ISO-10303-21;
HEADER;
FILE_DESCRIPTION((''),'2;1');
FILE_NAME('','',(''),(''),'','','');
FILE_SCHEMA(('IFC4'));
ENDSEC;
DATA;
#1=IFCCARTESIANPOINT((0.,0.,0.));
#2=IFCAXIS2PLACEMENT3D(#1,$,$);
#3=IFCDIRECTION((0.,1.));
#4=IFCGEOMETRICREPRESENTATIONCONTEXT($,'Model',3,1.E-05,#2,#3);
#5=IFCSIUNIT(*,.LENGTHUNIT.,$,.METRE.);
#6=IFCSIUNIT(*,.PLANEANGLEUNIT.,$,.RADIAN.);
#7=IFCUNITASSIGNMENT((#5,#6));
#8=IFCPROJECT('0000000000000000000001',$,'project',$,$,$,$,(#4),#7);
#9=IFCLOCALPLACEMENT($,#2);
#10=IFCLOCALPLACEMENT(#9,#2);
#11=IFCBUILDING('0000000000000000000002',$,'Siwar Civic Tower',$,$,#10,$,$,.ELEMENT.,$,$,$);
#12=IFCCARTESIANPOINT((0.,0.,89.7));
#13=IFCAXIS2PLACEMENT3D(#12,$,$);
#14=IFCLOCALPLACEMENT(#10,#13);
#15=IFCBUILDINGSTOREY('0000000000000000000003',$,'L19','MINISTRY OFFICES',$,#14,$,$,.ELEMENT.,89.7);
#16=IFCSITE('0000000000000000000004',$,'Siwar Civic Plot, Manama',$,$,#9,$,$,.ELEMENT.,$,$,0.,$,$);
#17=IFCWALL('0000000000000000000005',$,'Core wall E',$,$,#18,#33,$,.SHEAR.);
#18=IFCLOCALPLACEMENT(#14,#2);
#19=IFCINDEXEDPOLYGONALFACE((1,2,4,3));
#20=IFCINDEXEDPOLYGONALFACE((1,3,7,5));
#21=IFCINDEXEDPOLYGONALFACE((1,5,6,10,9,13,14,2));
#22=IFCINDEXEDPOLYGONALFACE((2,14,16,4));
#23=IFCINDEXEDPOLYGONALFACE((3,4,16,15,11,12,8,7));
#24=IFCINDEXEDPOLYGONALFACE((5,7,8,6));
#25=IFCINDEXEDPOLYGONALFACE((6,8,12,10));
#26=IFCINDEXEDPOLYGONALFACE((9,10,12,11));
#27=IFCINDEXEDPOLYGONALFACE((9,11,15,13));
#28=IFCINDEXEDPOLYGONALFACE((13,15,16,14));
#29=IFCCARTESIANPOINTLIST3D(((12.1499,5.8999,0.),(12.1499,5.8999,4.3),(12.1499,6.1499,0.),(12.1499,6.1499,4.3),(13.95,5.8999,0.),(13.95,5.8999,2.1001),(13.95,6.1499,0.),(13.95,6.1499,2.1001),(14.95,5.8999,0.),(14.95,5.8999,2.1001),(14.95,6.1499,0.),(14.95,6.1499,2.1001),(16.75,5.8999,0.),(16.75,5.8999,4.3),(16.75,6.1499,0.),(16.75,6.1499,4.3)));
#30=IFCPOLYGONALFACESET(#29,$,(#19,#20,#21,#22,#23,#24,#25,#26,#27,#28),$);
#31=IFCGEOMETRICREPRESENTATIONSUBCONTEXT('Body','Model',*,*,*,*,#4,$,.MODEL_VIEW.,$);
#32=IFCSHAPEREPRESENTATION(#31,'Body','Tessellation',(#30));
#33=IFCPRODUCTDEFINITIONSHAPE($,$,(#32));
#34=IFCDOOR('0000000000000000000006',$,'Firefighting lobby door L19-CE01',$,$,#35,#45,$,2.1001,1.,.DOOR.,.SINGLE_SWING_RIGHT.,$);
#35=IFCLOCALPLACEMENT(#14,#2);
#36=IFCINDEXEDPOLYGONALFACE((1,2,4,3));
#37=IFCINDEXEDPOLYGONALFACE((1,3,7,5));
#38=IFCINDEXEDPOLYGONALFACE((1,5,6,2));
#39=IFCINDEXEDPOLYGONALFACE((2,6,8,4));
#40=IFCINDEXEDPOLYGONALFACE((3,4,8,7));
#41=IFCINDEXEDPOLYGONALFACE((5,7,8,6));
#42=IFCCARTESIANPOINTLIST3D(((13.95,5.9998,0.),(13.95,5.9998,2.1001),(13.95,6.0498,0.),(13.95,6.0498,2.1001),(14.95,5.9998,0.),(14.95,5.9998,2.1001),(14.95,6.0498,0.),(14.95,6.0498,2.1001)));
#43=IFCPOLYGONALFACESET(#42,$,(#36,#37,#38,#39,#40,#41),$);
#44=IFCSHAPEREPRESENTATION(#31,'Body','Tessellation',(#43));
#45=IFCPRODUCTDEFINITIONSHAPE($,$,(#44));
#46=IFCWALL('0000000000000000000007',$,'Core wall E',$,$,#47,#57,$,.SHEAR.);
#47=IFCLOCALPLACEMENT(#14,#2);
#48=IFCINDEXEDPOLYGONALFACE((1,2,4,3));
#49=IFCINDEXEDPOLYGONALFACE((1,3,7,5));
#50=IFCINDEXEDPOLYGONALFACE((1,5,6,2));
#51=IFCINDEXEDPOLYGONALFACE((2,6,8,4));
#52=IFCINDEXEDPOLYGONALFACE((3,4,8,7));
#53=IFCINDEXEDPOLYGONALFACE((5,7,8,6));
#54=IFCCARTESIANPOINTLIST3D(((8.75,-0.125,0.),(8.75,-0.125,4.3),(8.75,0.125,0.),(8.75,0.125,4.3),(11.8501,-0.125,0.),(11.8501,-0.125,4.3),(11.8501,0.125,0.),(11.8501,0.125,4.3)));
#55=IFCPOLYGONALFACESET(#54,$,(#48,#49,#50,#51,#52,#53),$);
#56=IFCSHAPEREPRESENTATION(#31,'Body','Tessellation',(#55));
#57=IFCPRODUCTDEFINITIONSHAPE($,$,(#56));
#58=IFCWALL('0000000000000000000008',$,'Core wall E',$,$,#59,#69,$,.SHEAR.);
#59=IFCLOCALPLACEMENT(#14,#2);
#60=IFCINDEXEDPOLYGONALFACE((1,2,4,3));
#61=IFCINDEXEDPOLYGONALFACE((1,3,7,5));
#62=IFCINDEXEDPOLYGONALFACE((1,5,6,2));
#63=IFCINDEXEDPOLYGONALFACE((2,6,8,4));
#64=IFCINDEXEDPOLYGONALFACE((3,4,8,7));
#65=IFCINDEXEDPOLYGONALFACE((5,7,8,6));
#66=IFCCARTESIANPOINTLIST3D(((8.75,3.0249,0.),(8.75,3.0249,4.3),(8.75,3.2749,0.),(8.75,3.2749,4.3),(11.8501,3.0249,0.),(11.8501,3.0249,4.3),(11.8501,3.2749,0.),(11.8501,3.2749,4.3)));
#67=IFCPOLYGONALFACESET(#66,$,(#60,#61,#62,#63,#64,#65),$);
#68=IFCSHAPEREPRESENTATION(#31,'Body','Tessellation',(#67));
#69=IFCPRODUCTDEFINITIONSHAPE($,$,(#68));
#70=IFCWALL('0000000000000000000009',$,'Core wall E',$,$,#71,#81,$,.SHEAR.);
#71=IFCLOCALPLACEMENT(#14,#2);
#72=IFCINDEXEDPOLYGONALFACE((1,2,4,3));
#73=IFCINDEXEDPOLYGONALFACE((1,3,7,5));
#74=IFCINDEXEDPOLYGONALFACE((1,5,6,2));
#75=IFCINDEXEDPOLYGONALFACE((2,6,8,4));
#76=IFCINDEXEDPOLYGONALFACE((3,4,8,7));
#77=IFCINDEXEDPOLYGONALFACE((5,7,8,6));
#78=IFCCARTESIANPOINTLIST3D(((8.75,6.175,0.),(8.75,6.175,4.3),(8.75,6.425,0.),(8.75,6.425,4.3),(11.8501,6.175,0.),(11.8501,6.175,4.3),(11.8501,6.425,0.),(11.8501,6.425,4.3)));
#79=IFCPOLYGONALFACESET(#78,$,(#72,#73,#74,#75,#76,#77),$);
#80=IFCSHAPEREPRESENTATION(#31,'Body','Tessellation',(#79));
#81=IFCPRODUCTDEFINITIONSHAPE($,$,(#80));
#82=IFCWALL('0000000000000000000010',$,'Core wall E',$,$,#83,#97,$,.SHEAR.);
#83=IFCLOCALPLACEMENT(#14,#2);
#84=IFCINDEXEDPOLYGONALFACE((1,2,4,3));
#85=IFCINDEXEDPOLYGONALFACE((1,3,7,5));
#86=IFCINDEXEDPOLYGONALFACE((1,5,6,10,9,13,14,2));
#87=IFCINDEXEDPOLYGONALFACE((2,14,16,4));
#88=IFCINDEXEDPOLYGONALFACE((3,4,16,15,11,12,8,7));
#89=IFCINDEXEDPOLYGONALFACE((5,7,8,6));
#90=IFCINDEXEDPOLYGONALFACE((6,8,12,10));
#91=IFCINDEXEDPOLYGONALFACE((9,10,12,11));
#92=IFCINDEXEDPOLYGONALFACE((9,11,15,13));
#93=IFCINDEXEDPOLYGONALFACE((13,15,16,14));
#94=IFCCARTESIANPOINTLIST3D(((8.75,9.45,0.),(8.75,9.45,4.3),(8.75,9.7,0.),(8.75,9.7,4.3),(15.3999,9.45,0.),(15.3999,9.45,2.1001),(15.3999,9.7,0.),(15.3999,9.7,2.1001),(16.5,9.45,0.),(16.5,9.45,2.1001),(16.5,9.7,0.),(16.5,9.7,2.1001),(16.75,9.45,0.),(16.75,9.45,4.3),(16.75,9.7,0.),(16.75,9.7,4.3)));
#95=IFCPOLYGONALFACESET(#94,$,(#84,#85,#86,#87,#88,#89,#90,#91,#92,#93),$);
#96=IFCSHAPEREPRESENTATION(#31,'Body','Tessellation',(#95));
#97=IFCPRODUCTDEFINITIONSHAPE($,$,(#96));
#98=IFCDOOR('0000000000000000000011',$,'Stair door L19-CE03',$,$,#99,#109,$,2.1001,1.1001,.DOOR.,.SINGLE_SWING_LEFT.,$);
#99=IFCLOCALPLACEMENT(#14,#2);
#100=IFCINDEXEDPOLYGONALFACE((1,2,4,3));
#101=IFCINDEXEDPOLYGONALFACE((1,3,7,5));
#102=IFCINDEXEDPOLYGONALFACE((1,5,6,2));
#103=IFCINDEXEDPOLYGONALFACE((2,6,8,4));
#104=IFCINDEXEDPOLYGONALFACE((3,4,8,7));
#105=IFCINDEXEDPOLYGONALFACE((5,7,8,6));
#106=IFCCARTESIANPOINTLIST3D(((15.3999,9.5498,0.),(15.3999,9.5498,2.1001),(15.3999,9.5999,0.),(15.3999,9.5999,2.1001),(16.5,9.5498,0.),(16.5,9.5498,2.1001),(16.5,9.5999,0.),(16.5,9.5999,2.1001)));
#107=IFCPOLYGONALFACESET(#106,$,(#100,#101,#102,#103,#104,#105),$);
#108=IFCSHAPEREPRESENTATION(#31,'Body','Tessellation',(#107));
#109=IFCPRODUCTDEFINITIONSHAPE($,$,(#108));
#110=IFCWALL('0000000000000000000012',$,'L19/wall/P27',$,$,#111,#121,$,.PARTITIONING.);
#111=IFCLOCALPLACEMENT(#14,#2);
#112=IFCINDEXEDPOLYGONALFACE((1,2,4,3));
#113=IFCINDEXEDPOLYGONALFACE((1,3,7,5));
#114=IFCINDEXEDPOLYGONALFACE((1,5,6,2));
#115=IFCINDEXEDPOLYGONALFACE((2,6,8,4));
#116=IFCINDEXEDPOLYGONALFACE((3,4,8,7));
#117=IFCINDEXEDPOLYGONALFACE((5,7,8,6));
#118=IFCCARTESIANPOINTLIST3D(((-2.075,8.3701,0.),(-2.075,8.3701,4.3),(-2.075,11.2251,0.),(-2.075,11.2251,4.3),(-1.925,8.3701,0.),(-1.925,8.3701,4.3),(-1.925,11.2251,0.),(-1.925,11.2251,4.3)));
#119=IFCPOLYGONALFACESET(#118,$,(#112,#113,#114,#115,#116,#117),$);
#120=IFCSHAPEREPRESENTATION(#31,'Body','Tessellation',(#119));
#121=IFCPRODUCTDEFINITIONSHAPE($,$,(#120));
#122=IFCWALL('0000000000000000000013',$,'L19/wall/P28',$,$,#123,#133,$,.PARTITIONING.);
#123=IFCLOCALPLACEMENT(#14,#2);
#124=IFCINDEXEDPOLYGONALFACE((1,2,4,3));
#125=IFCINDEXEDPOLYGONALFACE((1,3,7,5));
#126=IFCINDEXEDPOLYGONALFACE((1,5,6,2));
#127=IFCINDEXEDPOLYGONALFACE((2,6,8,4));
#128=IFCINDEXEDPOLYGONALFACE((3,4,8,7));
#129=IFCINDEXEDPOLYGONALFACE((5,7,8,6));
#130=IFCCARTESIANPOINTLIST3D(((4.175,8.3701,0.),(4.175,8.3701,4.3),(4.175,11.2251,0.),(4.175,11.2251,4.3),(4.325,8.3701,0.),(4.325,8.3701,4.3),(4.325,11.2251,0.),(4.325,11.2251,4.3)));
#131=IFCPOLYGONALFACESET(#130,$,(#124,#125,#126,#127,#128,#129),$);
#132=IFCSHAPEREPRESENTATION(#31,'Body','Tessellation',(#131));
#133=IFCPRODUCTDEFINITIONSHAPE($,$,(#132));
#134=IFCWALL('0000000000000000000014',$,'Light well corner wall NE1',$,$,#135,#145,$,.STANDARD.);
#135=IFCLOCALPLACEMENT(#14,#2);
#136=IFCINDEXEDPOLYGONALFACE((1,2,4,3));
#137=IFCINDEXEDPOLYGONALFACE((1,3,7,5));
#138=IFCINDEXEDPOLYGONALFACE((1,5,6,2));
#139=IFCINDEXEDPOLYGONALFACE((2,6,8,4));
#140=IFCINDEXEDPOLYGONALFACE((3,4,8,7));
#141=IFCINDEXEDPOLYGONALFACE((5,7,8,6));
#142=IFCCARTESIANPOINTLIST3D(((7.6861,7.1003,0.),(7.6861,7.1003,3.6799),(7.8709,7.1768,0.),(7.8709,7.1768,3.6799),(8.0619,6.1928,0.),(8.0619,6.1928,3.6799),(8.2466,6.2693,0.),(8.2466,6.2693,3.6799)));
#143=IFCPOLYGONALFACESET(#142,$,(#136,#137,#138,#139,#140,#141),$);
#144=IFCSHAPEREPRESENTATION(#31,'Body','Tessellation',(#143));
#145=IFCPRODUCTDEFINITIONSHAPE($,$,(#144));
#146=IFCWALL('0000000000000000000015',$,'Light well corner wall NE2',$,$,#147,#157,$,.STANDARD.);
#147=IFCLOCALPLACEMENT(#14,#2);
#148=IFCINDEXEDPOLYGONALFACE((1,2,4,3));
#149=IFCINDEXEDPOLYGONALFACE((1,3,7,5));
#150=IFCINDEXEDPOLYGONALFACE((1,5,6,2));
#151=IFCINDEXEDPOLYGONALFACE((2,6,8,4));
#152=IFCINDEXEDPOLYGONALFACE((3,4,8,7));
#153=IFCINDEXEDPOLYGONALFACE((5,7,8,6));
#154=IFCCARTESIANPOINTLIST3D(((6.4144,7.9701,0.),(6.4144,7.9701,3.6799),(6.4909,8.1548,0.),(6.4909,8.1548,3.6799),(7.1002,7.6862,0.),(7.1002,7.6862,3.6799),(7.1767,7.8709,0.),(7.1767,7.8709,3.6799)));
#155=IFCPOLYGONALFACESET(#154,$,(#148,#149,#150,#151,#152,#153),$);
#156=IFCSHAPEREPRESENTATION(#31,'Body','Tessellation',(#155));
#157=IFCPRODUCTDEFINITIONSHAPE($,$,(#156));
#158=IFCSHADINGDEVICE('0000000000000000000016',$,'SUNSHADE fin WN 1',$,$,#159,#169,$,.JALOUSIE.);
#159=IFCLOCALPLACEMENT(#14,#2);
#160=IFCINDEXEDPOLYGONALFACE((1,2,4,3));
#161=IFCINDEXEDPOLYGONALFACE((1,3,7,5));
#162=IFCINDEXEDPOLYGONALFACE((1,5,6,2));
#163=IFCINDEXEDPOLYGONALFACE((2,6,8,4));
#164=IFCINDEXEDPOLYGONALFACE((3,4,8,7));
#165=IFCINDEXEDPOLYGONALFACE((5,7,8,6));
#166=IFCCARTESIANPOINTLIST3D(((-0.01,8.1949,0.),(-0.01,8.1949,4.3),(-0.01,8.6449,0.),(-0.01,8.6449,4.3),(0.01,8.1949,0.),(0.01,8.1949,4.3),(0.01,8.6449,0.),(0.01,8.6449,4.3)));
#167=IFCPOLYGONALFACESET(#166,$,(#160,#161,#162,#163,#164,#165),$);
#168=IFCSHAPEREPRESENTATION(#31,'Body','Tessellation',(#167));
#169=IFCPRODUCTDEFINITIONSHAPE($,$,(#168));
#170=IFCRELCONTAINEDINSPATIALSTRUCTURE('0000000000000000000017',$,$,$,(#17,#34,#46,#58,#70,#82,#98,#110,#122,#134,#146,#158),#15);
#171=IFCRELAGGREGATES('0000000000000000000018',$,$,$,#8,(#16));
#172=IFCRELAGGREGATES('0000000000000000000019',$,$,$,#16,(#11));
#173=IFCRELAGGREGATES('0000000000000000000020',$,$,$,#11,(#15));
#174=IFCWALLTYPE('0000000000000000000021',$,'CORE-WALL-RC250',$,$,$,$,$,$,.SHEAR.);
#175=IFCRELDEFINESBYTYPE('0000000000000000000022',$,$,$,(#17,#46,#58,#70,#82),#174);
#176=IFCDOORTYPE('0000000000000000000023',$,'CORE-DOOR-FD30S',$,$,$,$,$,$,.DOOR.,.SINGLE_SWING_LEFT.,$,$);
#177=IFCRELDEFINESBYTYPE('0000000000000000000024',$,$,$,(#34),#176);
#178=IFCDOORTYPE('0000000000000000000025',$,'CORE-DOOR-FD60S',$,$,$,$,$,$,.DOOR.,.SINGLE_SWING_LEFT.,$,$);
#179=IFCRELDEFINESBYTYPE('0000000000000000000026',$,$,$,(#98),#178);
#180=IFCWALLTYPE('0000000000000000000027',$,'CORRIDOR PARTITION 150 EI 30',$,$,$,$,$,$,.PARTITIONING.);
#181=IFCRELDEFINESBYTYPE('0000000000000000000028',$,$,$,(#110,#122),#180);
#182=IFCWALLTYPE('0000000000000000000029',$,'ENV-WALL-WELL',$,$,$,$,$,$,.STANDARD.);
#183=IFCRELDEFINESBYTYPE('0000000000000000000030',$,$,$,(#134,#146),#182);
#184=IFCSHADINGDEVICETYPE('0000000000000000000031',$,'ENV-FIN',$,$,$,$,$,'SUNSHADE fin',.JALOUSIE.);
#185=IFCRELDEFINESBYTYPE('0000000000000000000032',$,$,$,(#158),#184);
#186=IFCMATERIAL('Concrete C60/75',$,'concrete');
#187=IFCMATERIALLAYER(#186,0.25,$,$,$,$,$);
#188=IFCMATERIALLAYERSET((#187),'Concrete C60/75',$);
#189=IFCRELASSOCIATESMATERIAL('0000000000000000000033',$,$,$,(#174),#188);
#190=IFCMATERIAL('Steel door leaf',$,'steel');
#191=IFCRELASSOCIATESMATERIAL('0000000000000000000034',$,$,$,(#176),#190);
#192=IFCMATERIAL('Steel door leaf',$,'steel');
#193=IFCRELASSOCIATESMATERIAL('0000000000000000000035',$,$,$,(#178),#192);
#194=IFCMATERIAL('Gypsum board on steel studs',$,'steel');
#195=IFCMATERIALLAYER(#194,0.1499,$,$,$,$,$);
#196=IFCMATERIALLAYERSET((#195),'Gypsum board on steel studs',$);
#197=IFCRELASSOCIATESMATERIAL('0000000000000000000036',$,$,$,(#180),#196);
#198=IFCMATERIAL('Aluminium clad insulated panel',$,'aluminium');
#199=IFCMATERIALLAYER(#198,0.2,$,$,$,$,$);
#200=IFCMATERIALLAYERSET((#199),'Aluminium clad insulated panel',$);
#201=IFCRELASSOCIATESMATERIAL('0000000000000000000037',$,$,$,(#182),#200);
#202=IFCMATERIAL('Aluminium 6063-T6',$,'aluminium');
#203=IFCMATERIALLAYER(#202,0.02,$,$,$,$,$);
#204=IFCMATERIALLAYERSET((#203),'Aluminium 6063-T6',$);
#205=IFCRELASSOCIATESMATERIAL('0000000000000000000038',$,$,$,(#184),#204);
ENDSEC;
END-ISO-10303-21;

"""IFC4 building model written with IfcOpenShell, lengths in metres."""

from ifc_helpers import new_model, si_unit, direction, frame, frame_2d, origin, origin_2d, place, context, subcontext, project, spatial, rectangle, extrude, material, layer, layer_set, type_object, element, fill, save


model = new_model("IFC4")

# Units and contexts
model_context = context("Model", 3, precision=1e-05, world=origin(), true_north=direction((0.0, 1.0)))
body_context = subcontext(model_context, "Body", "Model", "MODEL_VIEW")
ifc_project = project(units=[si_unit("LENGTHUNIT", "METRE"), si_unit("PLANEANGLEUNIT", "RADIAN")], contexts=[model_context])

# Site, building, storey
site_placement = place(None, origin())
site = spatial("IfcSite", under=ifc_project, at=site_placement, Name="Siwar Civic Plot, Manama", CompositionType="ELEMENT", RefElevation=0.0)
building_placement = place(site_placement, origin())
building = spatial("IfcBuilding", under=site, at=building_placement, Name="Siwar Civic Tower", CompositionType="ELEMENT")
storey_placement = place(building_placement, frame((0.0, 0.0, 89.7)))
storey = spatial("IfcBuildingStorey", under=building, at=storey_placement, Name="L19", Description="MINISTRY OFFICES", CompositionType="ELEMENT", Elevation=89.7)

# Wall, opening, door
ifc_material_1 = material(Name="Concrete C60/75", Category="concrete")
ifc_layer_1 = layer(ifc_material_1, 0.25)
ifc_layer_set_1 = layer_set([ifc_layer_1], Name="Concrete C60/75")
wall_type_1 = type_object("IfcWallType", Name="CORE-WALL-RC250", PredefinedType="SHEAR", material=ifc_layer_set_1)
wall_1_placement = place(storey_placement, frame((12.1499, 6.0249, 0.0), z_axis=(0.0, 0.0, 1.0), x_axis=(1.0, 0.0, 0.0)))
wall_1 = element("IfcWall", 1, at=wall_1_placement, inside=storey, type_object=wall_type_1, Name="Core wall E", PredefinedType="SHEAR", context=body_context, shape_type="SweptSolid", body=[
    extrude(rectangle(XDim=4.6001, YDim=0.25, at=frame_2d((2.3, 0.0))), origin(), (0.0, 0.0, 1.0), 4.3),
])
opening_1_placement = place(wall_1_placement, frame((1.8, 0.0, 0.0)))
opening_1 = element("IfcOpeningElement", 2, at=opening_1_placement, cuts=wall_1, PredefinedType="OPENING", context=body_context, shape_type="SweptSolid", body=[
    extrude(rectangle(XDim=1.0, YDim=2.1001, at=frame_2d((0.5, 1.05))), frame((0.0, 0.135, 0.0), z_axis=(0.0, -1.0, 0.0), x_axis=(1.0, 0.0, 0.0)), (0.0, 0.0, 1.0), 0.27),
])
ifc_material_2 = material(Name="Steel door leaf", Category="steel")
door_type_1 = type_object("IfcDoorType", Name="CORE-DOOR-FD30S", OperationType="SINGLE_SWING_LEFT", PredefinedType="DOOR", material=ifc_material_2)
door_1_placement = place(opening_1_placement, origin())
door_1 = element("IfcDoor", 3, at=door_1_placement, inside=storey, type_object=door_type_1, Name="Firefighting lobby door L19-CE01", OperationType="SINGLE_SWING_RIGHT", OverallHeight=2.1001, OverallWidth=1.0, PredefinedType="DOOR", context=body_context, shape_type="SweptSolid", body=[
    extrude(rectangle(XDim=1.0, YDim=2.1001, at=frame_2d((0.5, 1.05))), frame((0.0, 0.0249, 0.0), z_axis=(0.0, -1.0, 0.0), x_axis=(1.0, 0.0, 0.0)), (0.0, 0.0, 1.0), 0.05),
])
fill(opening_1, door_1)

# Walls
for number, where, z_axis, x_axis, name in (
    (4, (8.75, 0.0, 0.0), (0.0, 0.0, 1.0), (1.0, 0.0, 0.0), "Core wall E"),
    (5, (8.75, 3.1499, 0.0), (0.0, 0.0, 1.0), (1.0, 0.0, 0.0), "Core wall E"),
    (6, (8.75, 6.3, 0.0), (0.0, 0.0, 1.0), (1.0, 0.0, 0.0), "Core wall E"),
):
    element("IfcWall", number, at=place(storey_placement, frame(where, z_axis=z_axis, x_axis=x_axis)), inside=storey, type_object=wall_type_1, Name=name, PredefinedType="SHEAR", context=body_context, shape_type="SweptSolid", body=[
        extrude(rectangle(XDim=3.1001, YDim=0.25, at=frame_2d((1.55, 0.0))), origin(), (0.0, 0.0, 1.0), 4.3),
    ])

# Wall, opening, door
wall_2_placement = place(storey_placement, frame((8.75, 9.575, 0.0), z_axis=(0.0, 0.0, 1.0), x_axis=(1.0, 0.0, 0.0)))
wall_2 = element("IfcWall", 7, at=wall_2_placement, inside=storey, type_object=wall_type_1, Name="Core wall E", PredefinedType="SHEAR", context=body_context, shape_type="SweptSolid", body=[
    extrude(rectangle(XDim=8.0, YDim=0.25, at=frame_2d((4.0, 0.0))), origin(), (0.0, 0.0, 1.0), 4.3),
])
opening_2_placement = place(wall_2_placement, frame((6.6499, 0.0, 0.0)))
opening_2 = element("IfcOpeningElement", 8, at=opening_2_placement, cuts=wall_2, PredefinedType="OPENING", context=body_context, shape_type="SweptSolid", body=[
    extrude(rectangle(XDim=1.1001, YDim=2.1001, at=frame_2d((0.55, 1.05))), frame((0.0, 0.135, 0.0), z_axis=(0.0, -1.0, 0.0), x_axis=(1.0, 0.0, 0.0)), (0.0, 0.0, 1.0), 0.27),
])
ifc_material_3 = material(Name="Steel door leaf", Category="steel")
door_type_2 = type_object("IfcDoorType", Name="CORE-DOOR-FD60S", OperationType="SINGLE_SWING_LEFT", PredefinedType="DOOR", material=ifc_material_3)
door_2_placement = place(opening_2_placement, origin())
door_2 = element("IfcDoor", 9, at=door_2_placement, inside=storey, type_object=door_type_2, Name="Stair door L19-CE03", OperationType="SINGLE_SWING_LEFT", OverallHeight=2.1001, OverallWidth=1.1001, PredefinedType="DOOR", context=body_context, shape_type="SweptSolid", body=[
    extrude(rectangle(XDim=1.1001, YDim=2.1001, at=frame_2d((0.55, 1.05))), frame((0.0, 0.0249, 0.0), z_axis=(0.0, -1.0, 0.0), x_axis=(1.0, 0.0, 0.0)), (0.0, 0.0, 1.0), 0.05),
])
fill(opening_2, door_2)

# Walls
ifc_material_4 = material(Name="Gypsum board on steel studs", Category="steel")
ifc_layer_2 = layer(ifc_material_4, 0.1499)
ifc_layer_set_2 = layer_set([ifc_layer_2], Name="Gypsum board on steel studs")
wall_type_2 = type_object("IfcWallType", Name="CORRIDOR PARTITION 150 EI 30", PredefinedType="PARTITIONING", material=ifc_layer_set_2)
for number, where, z_axis, x_axis, name in (
    (10, (-2.0, 8.3701, 0.0), (0.0, 0.0, 1.0), (0.0, 1.0, 0.0), "L19/wall/P27"),
    (11, (4.25, 8.3701, 0.0), (0.0, 0.0, 1.0), (0.0, 1.0, 0.0), "L19/wall/P28"),
):
    element("IfcWall", number, at=place(storey_placement, frame(where, z_axis=z_axis, x_axis=x_axis)), inside=storey, type_object=wall_type_2, Name=name, PredefinedType="PARTITIONING", context=body_context, shape_type="SweptSolid", body=[
        extrude(rectangle(XDim=2.855, YDim=0.1499, at=frame_2d((1.4275, 0.0))), origin(), (0.0, 0.0, 1.0), 4.3),
    ])
ifc_material_5 = material(Name="Aluminium clad insulated panel", Category="aluminium")
ifc_layer_3 = layer(ifc_material_5, 0.2)
ifc_layer_set_3 = layer_set([ifc_layer_3], Name="Aluminium clad insulated panel")
wall_type_3 = type_object("IfcWallType", Name="ENV-WALL-WELL", PredefinedType="STANDARD", material=ifc_layer_set_3)
wall_3_placement = place(storey_placement, frame((8.1543, 6.231, 0.0), z_axis=(0.0, 0.0, 1.0), x_axis=(-0.382549, 0.923935, 0.0)))
element("IfcWall", 12, at=wall_3_placement, inside=storey, type_object=wall_type_3, Name="Light well corner wall NE1", PredefinedType="STANDARD", context=body_context, shape_type="SweptSolid", body=[
    extrude(rectangle(XDim=0.9822, YDim=0.2, at=frame_2d((0.4912, 0.0))), origin(), (0.0, 0.0, 1.0), 3.6799),
])
wall_4_placement = place(storey_placement, frame((7.1384, 7.7786, 0.0), z_axis=(0.0, 0.0, 1.0), x_axis=(-0.923941, 0.382536, 0.0)))
element("IfcWall", 13, at=wall_4_placement, inside=storey, type_object=wall_type_3, Name="Light well corner wall NE2", PredefinedType="STANDARD", context=body_context, shape_type="SweptSolid", body=[
    extrude(rectangle(XDim=0.7422, YDim=0.2, at=frame_2d((0.3711, 0.0))), origin(), (0.0, 0.0, 1.0), 3.6799),
])

# Shading device
ifc_material_6 = material(Name="Aluminium 6063-T6", Category="aluminium")
ifc_layer_4 = layer(ifc_material_6, 0.02)
ifc_layer_set_4 = layer_set([ifc_layer_4], Name="Aluminium 6063-T6")
shading_device_type = type_object("IfcShadingDeviceType", Name="ENV-FIN", ElementType="SUNSHADE fin", PredefinedType="JALOUSIE", material=ifc_layer_set_4)
shading_device_placement = place(storey_placement, frame((0.0, 8.4199, 0.0), z_axis=(0.0, 0.0, 1.0), x_axis=(-1.0, 0.0, 0.0)))
element("IfcShadingDevice", 14, at=shading_device_placement, inside=storey, type_object=shading_device_type, Name="SUNSHADE fin WN 1", PredefinedType="JALOUSIE", context=body_context, shape_type="SweptSolid", body=[
    extrude(rectangle(XDim=0.02, YDim=0.45, at=origin_2d()), origin(), (0.0, 0.0, 1.0), 4.3),
])

save(model, "model.ifc")
